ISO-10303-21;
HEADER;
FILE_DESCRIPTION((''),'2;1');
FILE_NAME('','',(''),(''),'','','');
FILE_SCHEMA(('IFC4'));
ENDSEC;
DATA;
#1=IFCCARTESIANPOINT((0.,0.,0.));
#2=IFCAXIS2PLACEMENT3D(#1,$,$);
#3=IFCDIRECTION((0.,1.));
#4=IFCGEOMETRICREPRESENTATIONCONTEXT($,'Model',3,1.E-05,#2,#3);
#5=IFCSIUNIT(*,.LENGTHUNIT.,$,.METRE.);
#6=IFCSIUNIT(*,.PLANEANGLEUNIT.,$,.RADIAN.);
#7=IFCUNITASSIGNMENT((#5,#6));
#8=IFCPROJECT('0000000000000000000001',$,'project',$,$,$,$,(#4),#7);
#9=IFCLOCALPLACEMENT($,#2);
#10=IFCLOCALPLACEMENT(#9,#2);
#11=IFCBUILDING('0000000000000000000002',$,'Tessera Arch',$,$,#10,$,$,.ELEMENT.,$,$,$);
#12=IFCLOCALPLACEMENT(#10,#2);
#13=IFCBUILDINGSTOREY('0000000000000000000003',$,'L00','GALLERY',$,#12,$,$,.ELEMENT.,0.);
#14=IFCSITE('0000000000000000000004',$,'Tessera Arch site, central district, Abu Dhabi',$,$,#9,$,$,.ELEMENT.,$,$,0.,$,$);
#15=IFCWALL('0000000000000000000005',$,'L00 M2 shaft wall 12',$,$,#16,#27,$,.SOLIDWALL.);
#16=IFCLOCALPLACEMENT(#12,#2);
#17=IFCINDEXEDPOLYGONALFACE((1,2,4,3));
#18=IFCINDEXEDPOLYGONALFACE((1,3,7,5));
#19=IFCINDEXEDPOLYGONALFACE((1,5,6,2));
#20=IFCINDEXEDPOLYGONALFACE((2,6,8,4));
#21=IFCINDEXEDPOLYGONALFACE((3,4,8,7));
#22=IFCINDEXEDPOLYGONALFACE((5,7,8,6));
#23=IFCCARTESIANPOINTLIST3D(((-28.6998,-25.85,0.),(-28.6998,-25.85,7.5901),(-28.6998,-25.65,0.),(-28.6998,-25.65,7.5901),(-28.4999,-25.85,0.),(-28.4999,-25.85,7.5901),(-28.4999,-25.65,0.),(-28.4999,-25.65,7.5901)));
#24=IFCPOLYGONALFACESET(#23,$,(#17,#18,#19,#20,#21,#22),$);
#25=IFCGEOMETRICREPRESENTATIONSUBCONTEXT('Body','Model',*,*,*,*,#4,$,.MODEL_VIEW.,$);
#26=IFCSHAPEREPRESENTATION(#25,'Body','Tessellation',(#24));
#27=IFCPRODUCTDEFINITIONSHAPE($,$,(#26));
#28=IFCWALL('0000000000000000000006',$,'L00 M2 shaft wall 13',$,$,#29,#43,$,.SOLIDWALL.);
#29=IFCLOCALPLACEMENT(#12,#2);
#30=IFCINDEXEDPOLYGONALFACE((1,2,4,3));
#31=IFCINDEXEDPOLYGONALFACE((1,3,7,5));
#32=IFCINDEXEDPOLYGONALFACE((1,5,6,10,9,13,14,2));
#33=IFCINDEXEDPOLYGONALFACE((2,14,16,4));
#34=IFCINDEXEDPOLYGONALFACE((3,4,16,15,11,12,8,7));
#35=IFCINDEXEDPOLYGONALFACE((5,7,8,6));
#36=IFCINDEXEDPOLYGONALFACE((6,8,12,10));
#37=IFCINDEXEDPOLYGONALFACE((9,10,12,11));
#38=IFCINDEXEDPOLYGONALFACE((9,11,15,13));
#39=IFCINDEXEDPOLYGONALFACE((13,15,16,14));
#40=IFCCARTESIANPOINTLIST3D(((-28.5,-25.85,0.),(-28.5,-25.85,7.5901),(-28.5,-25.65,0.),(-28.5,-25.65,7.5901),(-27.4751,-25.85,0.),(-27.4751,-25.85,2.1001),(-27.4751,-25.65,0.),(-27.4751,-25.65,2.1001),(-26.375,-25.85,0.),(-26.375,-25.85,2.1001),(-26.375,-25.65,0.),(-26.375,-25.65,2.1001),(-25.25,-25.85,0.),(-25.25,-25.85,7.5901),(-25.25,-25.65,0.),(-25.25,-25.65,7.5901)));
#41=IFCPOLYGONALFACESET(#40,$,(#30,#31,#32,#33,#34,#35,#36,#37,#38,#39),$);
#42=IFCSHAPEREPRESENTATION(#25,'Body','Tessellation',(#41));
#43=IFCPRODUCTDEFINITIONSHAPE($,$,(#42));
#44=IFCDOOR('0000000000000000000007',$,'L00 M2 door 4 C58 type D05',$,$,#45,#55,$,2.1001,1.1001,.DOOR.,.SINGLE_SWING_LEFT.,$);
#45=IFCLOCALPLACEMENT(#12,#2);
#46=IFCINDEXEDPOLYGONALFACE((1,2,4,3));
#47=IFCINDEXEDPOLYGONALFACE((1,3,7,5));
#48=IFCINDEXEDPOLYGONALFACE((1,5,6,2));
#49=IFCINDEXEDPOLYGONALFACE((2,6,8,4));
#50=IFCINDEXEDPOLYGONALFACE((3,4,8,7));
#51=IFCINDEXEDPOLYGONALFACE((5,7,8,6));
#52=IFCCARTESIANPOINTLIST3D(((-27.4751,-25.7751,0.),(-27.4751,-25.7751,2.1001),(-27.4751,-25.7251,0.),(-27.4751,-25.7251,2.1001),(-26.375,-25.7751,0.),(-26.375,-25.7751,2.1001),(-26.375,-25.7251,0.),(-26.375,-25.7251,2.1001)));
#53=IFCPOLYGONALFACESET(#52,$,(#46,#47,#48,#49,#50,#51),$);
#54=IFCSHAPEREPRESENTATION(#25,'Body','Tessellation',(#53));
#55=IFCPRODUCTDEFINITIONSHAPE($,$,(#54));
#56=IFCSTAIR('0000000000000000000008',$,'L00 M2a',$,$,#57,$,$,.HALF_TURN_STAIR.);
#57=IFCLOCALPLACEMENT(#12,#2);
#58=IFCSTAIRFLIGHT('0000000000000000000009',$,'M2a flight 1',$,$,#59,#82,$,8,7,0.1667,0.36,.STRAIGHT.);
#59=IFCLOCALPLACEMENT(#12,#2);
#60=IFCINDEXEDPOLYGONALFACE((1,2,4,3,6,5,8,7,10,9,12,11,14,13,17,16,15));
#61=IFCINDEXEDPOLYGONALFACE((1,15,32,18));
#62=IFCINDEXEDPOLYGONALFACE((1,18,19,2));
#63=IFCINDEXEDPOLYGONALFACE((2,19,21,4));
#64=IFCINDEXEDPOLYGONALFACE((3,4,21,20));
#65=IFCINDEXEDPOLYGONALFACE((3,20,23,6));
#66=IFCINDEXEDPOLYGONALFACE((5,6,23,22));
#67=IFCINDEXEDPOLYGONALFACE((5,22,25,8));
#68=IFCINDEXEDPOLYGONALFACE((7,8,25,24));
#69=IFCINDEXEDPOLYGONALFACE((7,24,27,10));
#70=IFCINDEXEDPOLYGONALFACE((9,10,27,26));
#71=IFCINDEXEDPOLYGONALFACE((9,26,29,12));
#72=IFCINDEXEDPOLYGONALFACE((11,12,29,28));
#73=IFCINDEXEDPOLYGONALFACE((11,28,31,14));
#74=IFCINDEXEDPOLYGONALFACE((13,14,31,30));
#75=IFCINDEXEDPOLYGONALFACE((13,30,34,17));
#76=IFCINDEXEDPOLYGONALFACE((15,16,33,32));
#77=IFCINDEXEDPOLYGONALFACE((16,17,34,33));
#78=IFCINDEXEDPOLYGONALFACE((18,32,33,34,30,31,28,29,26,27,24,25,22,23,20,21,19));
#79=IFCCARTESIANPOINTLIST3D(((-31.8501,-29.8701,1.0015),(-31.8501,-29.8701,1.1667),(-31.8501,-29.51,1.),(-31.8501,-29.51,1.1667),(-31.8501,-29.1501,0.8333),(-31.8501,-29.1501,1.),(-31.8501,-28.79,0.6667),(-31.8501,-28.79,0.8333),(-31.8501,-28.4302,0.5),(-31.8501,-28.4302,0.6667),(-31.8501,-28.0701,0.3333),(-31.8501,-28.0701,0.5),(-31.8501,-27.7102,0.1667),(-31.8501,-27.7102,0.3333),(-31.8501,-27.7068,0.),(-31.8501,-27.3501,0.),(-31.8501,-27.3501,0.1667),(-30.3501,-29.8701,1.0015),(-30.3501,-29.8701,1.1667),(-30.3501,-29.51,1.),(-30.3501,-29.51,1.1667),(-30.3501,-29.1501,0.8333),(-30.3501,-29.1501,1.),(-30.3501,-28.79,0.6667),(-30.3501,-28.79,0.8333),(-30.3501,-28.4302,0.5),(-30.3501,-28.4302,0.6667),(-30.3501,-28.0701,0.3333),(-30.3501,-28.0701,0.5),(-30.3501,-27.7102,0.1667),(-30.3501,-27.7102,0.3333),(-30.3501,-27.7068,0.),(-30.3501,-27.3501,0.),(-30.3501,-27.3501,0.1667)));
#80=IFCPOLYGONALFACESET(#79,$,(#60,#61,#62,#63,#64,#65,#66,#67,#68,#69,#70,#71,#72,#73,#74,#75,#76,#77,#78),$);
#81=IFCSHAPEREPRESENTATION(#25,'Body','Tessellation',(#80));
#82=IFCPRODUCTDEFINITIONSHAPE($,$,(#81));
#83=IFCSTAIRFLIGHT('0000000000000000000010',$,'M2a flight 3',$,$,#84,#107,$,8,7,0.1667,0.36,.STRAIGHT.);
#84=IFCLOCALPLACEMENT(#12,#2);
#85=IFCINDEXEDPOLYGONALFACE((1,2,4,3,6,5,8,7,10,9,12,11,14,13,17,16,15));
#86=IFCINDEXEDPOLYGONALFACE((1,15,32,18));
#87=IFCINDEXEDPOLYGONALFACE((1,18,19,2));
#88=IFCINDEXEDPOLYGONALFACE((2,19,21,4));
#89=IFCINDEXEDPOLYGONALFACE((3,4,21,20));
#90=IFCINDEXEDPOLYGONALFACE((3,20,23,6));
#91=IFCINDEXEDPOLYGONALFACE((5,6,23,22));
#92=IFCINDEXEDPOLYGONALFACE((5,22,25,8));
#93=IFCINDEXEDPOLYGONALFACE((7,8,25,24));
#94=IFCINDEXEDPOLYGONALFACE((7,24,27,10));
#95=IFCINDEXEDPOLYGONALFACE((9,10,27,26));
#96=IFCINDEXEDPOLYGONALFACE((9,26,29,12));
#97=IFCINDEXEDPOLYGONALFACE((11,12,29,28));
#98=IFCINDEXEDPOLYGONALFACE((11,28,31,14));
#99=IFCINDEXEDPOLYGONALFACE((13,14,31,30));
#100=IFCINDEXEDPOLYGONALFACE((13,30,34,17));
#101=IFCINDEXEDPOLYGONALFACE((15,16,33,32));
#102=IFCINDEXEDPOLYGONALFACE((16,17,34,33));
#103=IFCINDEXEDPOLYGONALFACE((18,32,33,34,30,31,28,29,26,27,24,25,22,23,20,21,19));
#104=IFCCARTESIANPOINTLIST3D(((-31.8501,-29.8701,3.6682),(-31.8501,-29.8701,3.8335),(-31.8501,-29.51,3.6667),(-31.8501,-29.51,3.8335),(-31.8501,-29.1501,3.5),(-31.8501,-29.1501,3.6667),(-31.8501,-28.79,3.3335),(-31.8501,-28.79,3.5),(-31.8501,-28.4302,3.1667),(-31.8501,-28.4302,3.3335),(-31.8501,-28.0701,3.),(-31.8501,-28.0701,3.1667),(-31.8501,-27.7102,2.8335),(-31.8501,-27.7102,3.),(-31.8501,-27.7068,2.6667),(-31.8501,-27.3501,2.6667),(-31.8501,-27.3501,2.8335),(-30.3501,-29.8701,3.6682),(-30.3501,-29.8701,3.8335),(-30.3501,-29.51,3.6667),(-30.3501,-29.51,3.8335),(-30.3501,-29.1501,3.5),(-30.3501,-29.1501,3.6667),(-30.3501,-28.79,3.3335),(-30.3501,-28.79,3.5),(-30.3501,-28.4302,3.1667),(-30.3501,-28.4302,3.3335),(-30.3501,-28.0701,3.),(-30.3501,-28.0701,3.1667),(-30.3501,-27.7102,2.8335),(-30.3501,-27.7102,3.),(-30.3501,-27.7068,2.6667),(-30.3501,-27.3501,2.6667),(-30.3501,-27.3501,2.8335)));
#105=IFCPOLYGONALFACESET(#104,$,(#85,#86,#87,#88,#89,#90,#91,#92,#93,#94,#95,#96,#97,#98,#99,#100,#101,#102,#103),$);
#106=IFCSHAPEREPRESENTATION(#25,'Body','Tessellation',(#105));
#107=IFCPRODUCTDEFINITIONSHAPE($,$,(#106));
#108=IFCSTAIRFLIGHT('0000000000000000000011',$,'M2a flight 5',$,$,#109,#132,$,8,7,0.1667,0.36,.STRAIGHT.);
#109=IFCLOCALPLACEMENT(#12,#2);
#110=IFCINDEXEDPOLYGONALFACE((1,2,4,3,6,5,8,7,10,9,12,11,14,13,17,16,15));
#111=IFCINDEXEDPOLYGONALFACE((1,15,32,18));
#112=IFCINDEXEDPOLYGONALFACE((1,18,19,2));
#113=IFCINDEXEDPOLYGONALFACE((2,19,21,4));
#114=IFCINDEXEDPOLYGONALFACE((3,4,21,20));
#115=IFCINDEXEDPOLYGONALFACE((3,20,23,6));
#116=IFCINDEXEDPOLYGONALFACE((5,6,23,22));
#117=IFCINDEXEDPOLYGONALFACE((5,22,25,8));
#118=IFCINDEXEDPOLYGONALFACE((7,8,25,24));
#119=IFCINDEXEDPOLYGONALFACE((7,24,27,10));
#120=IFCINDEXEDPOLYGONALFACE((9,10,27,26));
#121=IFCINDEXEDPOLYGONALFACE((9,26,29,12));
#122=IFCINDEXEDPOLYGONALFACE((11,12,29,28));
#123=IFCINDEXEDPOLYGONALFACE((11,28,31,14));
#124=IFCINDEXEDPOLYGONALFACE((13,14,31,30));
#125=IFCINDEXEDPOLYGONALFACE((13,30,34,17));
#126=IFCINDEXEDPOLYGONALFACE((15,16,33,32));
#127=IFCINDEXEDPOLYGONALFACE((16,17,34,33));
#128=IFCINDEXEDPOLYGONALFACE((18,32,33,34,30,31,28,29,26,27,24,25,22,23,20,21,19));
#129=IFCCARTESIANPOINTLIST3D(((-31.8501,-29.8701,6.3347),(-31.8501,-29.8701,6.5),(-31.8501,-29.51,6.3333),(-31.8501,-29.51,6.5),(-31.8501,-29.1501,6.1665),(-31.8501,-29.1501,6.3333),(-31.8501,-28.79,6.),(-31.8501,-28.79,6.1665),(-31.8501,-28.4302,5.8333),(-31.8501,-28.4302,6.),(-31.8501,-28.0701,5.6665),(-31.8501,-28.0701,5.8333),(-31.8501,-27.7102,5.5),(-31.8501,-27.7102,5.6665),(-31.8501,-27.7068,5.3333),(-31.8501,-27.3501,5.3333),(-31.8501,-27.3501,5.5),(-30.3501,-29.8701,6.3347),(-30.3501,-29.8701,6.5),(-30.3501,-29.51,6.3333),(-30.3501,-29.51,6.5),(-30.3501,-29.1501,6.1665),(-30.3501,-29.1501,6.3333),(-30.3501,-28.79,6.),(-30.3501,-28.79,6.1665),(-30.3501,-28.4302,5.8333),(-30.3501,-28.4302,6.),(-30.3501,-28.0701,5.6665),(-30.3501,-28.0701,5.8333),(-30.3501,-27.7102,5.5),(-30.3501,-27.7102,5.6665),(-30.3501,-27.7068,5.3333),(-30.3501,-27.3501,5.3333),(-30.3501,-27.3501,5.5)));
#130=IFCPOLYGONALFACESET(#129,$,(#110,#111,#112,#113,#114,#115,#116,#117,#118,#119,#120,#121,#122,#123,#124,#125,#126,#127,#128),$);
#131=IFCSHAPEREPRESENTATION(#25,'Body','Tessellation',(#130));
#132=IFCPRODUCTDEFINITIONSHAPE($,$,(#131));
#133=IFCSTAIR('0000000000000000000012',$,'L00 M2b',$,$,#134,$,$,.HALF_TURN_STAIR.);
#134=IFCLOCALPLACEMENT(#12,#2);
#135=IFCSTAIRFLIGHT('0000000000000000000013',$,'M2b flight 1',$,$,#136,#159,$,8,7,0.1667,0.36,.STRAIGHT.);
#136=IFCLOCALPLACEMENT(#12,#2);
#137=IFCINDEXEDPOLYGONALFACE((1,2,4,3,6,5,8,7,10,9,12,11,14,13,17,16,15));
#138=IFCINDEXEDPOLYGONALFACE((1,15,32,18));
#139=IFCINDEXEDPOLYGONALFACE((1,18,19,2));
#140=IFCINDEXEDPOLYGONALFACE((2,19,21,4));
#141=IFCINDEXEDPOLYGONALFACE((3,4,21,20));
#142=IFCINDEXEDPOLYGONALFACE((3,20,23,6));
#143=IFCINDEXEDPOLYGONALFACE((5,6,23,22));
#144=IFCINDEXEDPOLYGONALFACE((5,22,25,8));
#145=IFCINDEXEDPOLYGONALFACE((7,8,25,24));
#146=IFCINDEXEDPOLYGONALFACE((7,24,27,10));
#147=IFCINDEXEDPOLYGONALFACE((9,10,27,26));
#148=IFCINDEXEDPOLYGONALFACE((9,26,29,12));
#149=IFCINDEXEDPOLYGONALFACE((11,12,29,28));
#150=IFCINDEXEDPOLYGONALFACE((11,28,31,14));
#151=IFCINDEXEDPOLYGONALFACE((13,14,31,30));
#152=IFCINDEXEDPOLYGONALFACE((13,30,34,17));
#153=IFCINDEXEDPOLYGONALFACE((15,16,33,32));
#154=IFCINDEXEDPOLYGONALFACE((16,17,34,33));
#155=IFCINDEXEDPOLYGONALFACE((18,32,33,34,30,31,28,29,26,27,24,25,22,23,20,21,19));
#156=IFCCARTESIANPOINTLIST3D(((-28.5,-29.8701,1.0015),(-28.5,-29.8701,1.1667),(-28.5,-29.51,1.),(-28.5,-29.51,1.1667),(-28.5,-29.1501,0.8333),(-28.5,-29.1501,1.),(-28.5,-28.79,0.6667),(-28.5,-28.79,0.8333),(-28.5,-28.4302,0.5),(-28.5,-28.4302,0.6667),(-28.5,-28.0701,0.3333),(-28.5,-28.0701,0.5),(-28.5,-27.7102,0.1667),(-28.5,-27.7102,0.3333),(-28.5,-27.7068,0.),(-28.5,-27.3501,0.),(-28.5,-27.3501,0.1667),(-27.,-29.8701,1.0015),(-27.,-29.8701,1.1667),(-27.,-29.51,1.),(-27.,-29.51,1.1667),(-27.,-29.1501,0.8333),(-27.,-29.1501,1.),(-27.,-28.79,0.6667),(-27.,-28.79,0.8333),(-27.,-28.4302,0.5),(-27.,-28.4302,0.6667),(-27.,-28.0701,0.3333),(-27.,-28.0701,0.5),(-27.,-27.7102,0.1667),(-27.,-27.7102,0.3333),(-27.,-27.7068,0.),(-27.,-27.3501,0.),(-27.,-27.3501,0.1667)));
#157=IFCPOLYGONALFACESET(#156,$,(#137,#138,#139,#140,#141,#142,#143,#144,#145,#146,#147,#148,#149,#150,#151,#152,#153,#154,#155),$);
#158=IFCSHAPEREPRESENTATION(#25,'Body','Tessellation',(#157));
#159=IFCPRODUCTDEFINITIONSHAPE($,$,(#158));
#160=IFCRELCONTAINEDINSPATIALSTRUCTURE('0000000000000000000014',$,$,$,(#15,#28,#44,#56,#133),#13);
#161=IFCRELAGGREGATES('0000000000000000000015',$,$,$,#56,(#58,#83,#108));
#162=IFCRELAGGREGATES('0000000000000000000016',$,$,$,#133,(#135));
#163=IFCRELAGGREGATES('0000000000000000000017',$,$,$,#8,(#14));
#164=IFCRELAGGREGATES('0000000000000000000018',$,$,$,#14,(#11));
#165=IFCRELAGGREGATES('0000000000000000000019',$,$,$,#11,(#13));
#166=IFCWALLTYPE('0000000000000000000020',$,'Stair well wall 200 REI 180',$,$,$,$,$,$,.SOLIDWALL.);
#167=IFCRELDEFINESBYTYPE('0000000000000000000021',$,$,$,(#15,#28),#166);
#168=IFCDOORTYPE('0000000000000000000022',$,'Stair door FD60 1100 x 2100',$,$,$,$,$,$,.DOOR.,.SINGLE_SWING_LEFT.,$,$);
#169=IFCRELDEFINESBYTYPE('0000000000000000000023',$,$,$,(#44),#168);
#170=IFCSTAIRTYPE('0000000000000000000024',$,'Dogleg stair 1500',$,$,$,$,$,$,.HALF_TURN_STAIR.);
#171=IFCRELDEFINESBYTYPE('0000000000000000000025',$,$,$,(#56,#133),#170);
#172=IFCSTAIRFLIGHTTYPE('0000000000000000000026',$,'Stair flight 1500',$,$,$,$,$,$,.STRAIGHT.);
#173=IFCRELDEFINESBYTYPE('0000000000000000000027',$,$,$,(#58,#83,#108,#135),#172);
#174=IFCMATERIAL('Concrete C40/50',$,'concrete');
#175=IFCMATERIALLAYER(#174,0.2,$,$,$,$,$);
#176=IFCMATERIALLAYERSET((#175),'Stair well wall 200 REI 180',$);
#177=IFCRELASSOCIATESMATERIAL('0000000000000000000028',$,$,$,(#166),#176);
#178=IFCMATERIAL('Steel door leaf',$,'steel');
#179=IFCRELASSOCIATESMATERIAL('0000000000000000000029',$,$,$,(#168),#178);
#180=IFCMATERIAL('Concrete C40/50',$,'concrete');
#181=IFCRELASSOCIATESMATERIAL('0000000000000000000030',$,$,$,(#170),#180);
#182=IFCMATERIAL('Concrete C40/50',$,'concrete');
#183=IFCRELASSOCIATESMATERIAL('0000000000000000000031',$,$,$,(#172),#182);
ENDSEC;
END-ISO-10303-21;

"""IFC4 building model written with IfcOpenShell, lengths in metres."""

from ifc_helpers import new_model, si_unit, direction, frame, frame_2d, origin, place, context, subcontext, project, spatial, polyline, rectangle, outline, extrude, material, layer, layer_set, type_object, element, fill, aggregate, save


model = new_model("IFC4")

# Units and contexts
model_context = context("Model", 3, precision=1e-05, world=origin(), true_north=direction((0.0, 1.0)))
body_context = subcontext(model_context, "Body", "Model", "MODEL_VIEW")
ifc_project = project(units=[si_unit("LENGTHUNIT", "METRE"), si_unit("PLANEANGLEUNIT", "RADIAN")], contexts=[model_context])

# Site, building, storey
site_placement = place(None, origin())
site = spatial("IfcSite", under=ifc_project, at=site_placement, Name="Tessera Arch site, central district, Abu Dhabi", CompositionType="ELEMENT", RefElevation=0.0)
building_placement = place(site_placement, origin())
building = spatial("IfcBuilding", under=site, at=building_placement, Name="Tessera Arch", CompositionType="ELEMENT")
storey_placement = place(building_placement, origin())
storey = spatial("IfcBuildingStorey", under=building, at=storey_placement, Name="L00", Description="GALLERY", CompositionType="ELEMENT", Elevation=0.0)

# Shared definitions
ifc_material_1 = material(Name="Concrete C40/50", Category="concrete")
ifc_layer_1 = layer(ifc_material_1, 0.2)
ifc_layer_set_1 = layer_set([ifc_layer_1], Name="Stair well wall 200 REI 180")
wall_type_1 = type_object("IfcWallType", Name="Stair well wall 200 REI 180", PredefinedType="SOLIDWALL", material=ifc_layer_set_1)

# Shared definitions
ifc_material_2 = material(Name="Steel door leaf", Category="steel")
door_type_1 = type_object("IfcDoorType", Name="Stair door FD60 1100 x 2100", OperationType="SINGLE_SWING_LEFT", PredefinedType="DOOR", material=ifc_material_2)

# Wall
wall_1_placement = place(storey_placement, frame((-28.7, -25.75, 0.0), z_axis=(0.0, 0.0, 1.0), x_axis=(1.0, 0.0, 0.0)))
element("IfcWall", 1, at=wall_1_placement, inside=storey, type_object=wall_type_1, Name="L00 M2 shaft wall 12", PredefinedType="SOLIDWALL", context=body_context, shape_type="SweptSolid", body=[
    extrude(rectangle(XDim=0.2, YDim=0.2, at=frame_2d((0.1001, 0.0))), origin(), (0.0, 0.0, 1.0), 7.5901),
])

# Wall, opening, door
wall_2_placement = place(storey_placement, frame((-28.5, -25.75, 0.0), z_axis=(0.0, 0.0, 1.0), x_axis=(1.0, 0.0, 0.0)))
wall_2 = element("IfcWall", 2, at=wall_2_placement, inside=storey, type_object=wall_type_1, Name="L00 M2 shaft wall 13", PredefinedType="SOLIDWALL", context=body_context, shape_type="SweptSolid", body=[
    extrude(rectangle(XDim=3.25, YDim=0.2, at=frame_2d((1.625, 0.0))), origin(), (0.0, 0.0, 1.0), 7.5901),
])
opening_1_placement = place(wall_2_placement, frame((1.0249, 0.0, 0.0)))
opening_1 = element("IfcOpeningElement", 3, at=opening_1_placement, cuts=wall_2, PredefinedType="OPENING", context=body_context, shape_type="SweptSolid", body=[
    extrude(rectangle(XDim=1.1001, YDim=2.1001, at=frame_2d((0.55, 1.05))), frame((0.0, 0.1099, 0.0), z_axis=(0.0, -1.0, 0.0), x_axis=(1.0, 0.0, 0.0)), (0.0, 0.0, 1.0), 0.22),
])
door_1_placement = place(opening_1_placement, origin())
door_1 = element("IfcDoor", 4, at=door_1_placement, inside=storey, type_object=door_type_1, Name="L00 M2 door 4 C58 type D05", OperationType="SINGLE_SWING_LEFT", OverallHeight=2.1001, OverallWidth=1.1001, PredefinedType="DOOR", context=body_context, shape_type="SweptSolid", body=[
    extrude(rectangle(XDim=1.1001, YDim=2.1001, at=frame_2d((0.55, 1.05))), frame((0.0, 0.0249, 0.0), z_axis=(0.0, -1.0, 0.0), x_axis=(1.0, 0.0, 0.0)), (0.0, 0.0, 1.0), 0.05),
])
fill(opening_1, door_1)

# Stairs, stair flights
ifc_material_3 = material(Name="Concrete C40/50", Category="concrete")
stair_type = type_object("IfcStairType", Name="Dogleg stair 1500", PredefinedType="HALF_TURN_STAIR", material=ifc_material_3)
stair_1_placement = place(storey_placement, origin())
stair_1 = element("IfcStair", 5, at=stair_1_placement, inside=storey, type_object=stair_type, Name="L00 M2a", PredefinedType="HALF_TURN_STAIR")
ifc_material_4 = material(Name="Concrete C40/50", Category="concrete")
stair_flight_type = type_object("IfcStairFlightType", Name="Stair flight 1500", PredefinedType="STRAIGHT", material=ifc_material_4)
stair_flight_1_placement = place(storey_placement, frame((-31.1001, -27.3501, 0.0), z_axis=(0.0, 0.0, 1.0), x_axis=(0.0, -1.0, 0.0)))
stair_flight_1 = element("IfcStairFlight", 6, at=stair_flight_1_placement, type_object=stair_flight_type, Name="M2a flight 1", NumberOfRisers=8, NumberOfTreads=7, PredefinedType="STRAIGHT", RiserHeight=0.1667, TreadLength=0.36, context=body_context, shape_type="SweptSolid", body=[
    extrude(outline(polyline([(0.0, 0.0), (0.0, 0.1667), (0.3601, 0.1667), (0.3601, 0.3333), (0.72, 0.3333), (0.72, 0.5), (1.0801, 0.5), (1.0801, 0.6667), (1.4399, 0.6667), (1.4399, 0.8333), (1.8, 0.8333), (1.8, 1.0), (2.1599, 1.0), (2.1599, 1.1667), (2.52, 1.1667), (2.52, 1.3333), (2.52, 1.0015), (0.3567, 0.0), (0.0, 0.0)])), frame((0.0, 0.75, 0.0), z_axis=(0.0, -1.0, 0.0), x_axis=(1.0, 0.0, 0.0)), (0.0, 0.0, 1.0), 1.5),
])
stair_flight_2_placement = place(storey_placement, frame((-31.1001, -27.3501, 2.6667), z_axis=(0.0, 0.0, 1.0), x_axis=(0.0, -1.0, 0.0)))
stair_flight_2 = element("IfcStairFlight", 7, at=stair_flight_2_placement, type_object=stair_flight_type, Name="M2a flight 3", NumberOfRisers=8, NumberOfTreads=7, PredefinedType="STRAIGHT", RiserHeight=0.1667, TreadLength=0.36, context=body_context, shape_type="SweptSolid", body=[
    extrude(outline(polyline([(0.0, 0.0), (0.0, 0.1667), (0.3601, 0.1667), (0.3601, 0.3333), (0.72, 0.3333), (0.72, 0.5), (1.0801, 0.5), (1.0801, 0.6667), (1.4399, 0.6667), (1.4399, 0.8333), (1.8, 0.8333), (1.8, 1.0), (2.1599, 1.0), (2.1599, 1.1667), (2.52, 1.1667), (2.52, 1.3333), (2.52, 1.0015), (0.3567, 0.0), (0.0, 0.0)])), frame((0.0, 0.75, 0.0), z_axis=(0.0, -1.0, 0.0), x_axis=(1.0, 0.0, 0.0)), (0.0, 0.0, 1.0), 1.5),
])
stair_flight_3_placement = place(storey_placement, frame((-31.1001, -27.3501, 5.3333), z_axis=(0.0, 0.0, 1.0), x_axis=(0.0, -1.0, 0.0)))
stair_flight_3 = element("IfcStairFlight", 8, at=stair_flight_3_placement, type_object=stair_flight_type, Name="M2a flight 5", NumberOfRisers=8, NumberOfTreads=7, PredefinedType="STRAIGHT", RiserHeight=0.1667, TreadLength=0.36, context=body_context, shape_type="SweptSolid", body=[
    extrude(outline(polyline([(0.0, 0.0), (0.0, 0.1667), (0.3601, 0.1667), (0.3601, 0.3333), (0.72, 0.3333), (0.72, 0.5), (1.0801, 0.5), (1.0801, 0.6667), (1.4399, 0.6667), (1.4399, 0.8333), (1.8, 0.8333), (1.8, 1.0), (2.1599, 1.0), (2.1599, 1.1667), (2.52, 1.1667), (2.52, 1.3333), (2.52, 1.0015), (0.3567, 0.0), (0.0, 0.0)])), frame((0.0, 0.75, 0.0), z_axis=(0.0, -1.0, 0.0), x_axis=(1.0, 0.0, 0.0)), (0.0, 0.0, 1.0), 1.5),
])
aggregate(stair_1, [stair_flight_1, stair_flight_2, stair_flight_3])
stair_2_placement = place(storey_placement, origin())
stair_2 = element("IfcStair", 9, at=stair_2_placement, inside=storey, type_object=stair_type, Name="L00 M2b", PredefinedType="HALF_TURN_STAIR")
stair_flight_4_placement = place(storey_placement, frame((-27.75, -27.3501, 0.0), z_axis=(0.0, 0.0, 1.0), x_axis=(0.0, -1.0, 0.0)))
stair_flight_4 = element("IfcStairFlight", 10, at=stair_flight_4_placement, type_object=stair_flight_type, Name="M2b flight 1", NumberOfRisers=8, NumberOfTreads=7, PredefinedType="STRAIGHT", RiserHeight=0.1667, TreadLength=0.36, context=body_context, shape_type="SweptSolid", body=[
    extrude(outline(polyline([(0.0, 0.0), (0.0, 0.1667), (0.3601, 0.1667), (0.3601, 0.3333), (0.72, 0.3333), (0.72, 0.5), (1.0801, 0.5), (1.0801, 0.6667), (1.4399, 0.6667), (1.4399, 0.8333), (1.8, 0.8333), (1.8, 1.0), (2.1599, 1.0), (2.1599, 1.1667), (2.52, 1.1667), (2.52, 1.3333), (2.52, 1.0015), (0.3567, 0.0), (0.0, 0.0)])), frame((0.0, 0.75, 0.0), z_axis=(0.0, -1.0, 0.0), x_axis=(1.0, 0.0, 0.0)), (0.0, 0.0, 1.0), 1.5),
])
aggregate(stair_2, [stair_flight_4])

save(model, "model.ifc")
